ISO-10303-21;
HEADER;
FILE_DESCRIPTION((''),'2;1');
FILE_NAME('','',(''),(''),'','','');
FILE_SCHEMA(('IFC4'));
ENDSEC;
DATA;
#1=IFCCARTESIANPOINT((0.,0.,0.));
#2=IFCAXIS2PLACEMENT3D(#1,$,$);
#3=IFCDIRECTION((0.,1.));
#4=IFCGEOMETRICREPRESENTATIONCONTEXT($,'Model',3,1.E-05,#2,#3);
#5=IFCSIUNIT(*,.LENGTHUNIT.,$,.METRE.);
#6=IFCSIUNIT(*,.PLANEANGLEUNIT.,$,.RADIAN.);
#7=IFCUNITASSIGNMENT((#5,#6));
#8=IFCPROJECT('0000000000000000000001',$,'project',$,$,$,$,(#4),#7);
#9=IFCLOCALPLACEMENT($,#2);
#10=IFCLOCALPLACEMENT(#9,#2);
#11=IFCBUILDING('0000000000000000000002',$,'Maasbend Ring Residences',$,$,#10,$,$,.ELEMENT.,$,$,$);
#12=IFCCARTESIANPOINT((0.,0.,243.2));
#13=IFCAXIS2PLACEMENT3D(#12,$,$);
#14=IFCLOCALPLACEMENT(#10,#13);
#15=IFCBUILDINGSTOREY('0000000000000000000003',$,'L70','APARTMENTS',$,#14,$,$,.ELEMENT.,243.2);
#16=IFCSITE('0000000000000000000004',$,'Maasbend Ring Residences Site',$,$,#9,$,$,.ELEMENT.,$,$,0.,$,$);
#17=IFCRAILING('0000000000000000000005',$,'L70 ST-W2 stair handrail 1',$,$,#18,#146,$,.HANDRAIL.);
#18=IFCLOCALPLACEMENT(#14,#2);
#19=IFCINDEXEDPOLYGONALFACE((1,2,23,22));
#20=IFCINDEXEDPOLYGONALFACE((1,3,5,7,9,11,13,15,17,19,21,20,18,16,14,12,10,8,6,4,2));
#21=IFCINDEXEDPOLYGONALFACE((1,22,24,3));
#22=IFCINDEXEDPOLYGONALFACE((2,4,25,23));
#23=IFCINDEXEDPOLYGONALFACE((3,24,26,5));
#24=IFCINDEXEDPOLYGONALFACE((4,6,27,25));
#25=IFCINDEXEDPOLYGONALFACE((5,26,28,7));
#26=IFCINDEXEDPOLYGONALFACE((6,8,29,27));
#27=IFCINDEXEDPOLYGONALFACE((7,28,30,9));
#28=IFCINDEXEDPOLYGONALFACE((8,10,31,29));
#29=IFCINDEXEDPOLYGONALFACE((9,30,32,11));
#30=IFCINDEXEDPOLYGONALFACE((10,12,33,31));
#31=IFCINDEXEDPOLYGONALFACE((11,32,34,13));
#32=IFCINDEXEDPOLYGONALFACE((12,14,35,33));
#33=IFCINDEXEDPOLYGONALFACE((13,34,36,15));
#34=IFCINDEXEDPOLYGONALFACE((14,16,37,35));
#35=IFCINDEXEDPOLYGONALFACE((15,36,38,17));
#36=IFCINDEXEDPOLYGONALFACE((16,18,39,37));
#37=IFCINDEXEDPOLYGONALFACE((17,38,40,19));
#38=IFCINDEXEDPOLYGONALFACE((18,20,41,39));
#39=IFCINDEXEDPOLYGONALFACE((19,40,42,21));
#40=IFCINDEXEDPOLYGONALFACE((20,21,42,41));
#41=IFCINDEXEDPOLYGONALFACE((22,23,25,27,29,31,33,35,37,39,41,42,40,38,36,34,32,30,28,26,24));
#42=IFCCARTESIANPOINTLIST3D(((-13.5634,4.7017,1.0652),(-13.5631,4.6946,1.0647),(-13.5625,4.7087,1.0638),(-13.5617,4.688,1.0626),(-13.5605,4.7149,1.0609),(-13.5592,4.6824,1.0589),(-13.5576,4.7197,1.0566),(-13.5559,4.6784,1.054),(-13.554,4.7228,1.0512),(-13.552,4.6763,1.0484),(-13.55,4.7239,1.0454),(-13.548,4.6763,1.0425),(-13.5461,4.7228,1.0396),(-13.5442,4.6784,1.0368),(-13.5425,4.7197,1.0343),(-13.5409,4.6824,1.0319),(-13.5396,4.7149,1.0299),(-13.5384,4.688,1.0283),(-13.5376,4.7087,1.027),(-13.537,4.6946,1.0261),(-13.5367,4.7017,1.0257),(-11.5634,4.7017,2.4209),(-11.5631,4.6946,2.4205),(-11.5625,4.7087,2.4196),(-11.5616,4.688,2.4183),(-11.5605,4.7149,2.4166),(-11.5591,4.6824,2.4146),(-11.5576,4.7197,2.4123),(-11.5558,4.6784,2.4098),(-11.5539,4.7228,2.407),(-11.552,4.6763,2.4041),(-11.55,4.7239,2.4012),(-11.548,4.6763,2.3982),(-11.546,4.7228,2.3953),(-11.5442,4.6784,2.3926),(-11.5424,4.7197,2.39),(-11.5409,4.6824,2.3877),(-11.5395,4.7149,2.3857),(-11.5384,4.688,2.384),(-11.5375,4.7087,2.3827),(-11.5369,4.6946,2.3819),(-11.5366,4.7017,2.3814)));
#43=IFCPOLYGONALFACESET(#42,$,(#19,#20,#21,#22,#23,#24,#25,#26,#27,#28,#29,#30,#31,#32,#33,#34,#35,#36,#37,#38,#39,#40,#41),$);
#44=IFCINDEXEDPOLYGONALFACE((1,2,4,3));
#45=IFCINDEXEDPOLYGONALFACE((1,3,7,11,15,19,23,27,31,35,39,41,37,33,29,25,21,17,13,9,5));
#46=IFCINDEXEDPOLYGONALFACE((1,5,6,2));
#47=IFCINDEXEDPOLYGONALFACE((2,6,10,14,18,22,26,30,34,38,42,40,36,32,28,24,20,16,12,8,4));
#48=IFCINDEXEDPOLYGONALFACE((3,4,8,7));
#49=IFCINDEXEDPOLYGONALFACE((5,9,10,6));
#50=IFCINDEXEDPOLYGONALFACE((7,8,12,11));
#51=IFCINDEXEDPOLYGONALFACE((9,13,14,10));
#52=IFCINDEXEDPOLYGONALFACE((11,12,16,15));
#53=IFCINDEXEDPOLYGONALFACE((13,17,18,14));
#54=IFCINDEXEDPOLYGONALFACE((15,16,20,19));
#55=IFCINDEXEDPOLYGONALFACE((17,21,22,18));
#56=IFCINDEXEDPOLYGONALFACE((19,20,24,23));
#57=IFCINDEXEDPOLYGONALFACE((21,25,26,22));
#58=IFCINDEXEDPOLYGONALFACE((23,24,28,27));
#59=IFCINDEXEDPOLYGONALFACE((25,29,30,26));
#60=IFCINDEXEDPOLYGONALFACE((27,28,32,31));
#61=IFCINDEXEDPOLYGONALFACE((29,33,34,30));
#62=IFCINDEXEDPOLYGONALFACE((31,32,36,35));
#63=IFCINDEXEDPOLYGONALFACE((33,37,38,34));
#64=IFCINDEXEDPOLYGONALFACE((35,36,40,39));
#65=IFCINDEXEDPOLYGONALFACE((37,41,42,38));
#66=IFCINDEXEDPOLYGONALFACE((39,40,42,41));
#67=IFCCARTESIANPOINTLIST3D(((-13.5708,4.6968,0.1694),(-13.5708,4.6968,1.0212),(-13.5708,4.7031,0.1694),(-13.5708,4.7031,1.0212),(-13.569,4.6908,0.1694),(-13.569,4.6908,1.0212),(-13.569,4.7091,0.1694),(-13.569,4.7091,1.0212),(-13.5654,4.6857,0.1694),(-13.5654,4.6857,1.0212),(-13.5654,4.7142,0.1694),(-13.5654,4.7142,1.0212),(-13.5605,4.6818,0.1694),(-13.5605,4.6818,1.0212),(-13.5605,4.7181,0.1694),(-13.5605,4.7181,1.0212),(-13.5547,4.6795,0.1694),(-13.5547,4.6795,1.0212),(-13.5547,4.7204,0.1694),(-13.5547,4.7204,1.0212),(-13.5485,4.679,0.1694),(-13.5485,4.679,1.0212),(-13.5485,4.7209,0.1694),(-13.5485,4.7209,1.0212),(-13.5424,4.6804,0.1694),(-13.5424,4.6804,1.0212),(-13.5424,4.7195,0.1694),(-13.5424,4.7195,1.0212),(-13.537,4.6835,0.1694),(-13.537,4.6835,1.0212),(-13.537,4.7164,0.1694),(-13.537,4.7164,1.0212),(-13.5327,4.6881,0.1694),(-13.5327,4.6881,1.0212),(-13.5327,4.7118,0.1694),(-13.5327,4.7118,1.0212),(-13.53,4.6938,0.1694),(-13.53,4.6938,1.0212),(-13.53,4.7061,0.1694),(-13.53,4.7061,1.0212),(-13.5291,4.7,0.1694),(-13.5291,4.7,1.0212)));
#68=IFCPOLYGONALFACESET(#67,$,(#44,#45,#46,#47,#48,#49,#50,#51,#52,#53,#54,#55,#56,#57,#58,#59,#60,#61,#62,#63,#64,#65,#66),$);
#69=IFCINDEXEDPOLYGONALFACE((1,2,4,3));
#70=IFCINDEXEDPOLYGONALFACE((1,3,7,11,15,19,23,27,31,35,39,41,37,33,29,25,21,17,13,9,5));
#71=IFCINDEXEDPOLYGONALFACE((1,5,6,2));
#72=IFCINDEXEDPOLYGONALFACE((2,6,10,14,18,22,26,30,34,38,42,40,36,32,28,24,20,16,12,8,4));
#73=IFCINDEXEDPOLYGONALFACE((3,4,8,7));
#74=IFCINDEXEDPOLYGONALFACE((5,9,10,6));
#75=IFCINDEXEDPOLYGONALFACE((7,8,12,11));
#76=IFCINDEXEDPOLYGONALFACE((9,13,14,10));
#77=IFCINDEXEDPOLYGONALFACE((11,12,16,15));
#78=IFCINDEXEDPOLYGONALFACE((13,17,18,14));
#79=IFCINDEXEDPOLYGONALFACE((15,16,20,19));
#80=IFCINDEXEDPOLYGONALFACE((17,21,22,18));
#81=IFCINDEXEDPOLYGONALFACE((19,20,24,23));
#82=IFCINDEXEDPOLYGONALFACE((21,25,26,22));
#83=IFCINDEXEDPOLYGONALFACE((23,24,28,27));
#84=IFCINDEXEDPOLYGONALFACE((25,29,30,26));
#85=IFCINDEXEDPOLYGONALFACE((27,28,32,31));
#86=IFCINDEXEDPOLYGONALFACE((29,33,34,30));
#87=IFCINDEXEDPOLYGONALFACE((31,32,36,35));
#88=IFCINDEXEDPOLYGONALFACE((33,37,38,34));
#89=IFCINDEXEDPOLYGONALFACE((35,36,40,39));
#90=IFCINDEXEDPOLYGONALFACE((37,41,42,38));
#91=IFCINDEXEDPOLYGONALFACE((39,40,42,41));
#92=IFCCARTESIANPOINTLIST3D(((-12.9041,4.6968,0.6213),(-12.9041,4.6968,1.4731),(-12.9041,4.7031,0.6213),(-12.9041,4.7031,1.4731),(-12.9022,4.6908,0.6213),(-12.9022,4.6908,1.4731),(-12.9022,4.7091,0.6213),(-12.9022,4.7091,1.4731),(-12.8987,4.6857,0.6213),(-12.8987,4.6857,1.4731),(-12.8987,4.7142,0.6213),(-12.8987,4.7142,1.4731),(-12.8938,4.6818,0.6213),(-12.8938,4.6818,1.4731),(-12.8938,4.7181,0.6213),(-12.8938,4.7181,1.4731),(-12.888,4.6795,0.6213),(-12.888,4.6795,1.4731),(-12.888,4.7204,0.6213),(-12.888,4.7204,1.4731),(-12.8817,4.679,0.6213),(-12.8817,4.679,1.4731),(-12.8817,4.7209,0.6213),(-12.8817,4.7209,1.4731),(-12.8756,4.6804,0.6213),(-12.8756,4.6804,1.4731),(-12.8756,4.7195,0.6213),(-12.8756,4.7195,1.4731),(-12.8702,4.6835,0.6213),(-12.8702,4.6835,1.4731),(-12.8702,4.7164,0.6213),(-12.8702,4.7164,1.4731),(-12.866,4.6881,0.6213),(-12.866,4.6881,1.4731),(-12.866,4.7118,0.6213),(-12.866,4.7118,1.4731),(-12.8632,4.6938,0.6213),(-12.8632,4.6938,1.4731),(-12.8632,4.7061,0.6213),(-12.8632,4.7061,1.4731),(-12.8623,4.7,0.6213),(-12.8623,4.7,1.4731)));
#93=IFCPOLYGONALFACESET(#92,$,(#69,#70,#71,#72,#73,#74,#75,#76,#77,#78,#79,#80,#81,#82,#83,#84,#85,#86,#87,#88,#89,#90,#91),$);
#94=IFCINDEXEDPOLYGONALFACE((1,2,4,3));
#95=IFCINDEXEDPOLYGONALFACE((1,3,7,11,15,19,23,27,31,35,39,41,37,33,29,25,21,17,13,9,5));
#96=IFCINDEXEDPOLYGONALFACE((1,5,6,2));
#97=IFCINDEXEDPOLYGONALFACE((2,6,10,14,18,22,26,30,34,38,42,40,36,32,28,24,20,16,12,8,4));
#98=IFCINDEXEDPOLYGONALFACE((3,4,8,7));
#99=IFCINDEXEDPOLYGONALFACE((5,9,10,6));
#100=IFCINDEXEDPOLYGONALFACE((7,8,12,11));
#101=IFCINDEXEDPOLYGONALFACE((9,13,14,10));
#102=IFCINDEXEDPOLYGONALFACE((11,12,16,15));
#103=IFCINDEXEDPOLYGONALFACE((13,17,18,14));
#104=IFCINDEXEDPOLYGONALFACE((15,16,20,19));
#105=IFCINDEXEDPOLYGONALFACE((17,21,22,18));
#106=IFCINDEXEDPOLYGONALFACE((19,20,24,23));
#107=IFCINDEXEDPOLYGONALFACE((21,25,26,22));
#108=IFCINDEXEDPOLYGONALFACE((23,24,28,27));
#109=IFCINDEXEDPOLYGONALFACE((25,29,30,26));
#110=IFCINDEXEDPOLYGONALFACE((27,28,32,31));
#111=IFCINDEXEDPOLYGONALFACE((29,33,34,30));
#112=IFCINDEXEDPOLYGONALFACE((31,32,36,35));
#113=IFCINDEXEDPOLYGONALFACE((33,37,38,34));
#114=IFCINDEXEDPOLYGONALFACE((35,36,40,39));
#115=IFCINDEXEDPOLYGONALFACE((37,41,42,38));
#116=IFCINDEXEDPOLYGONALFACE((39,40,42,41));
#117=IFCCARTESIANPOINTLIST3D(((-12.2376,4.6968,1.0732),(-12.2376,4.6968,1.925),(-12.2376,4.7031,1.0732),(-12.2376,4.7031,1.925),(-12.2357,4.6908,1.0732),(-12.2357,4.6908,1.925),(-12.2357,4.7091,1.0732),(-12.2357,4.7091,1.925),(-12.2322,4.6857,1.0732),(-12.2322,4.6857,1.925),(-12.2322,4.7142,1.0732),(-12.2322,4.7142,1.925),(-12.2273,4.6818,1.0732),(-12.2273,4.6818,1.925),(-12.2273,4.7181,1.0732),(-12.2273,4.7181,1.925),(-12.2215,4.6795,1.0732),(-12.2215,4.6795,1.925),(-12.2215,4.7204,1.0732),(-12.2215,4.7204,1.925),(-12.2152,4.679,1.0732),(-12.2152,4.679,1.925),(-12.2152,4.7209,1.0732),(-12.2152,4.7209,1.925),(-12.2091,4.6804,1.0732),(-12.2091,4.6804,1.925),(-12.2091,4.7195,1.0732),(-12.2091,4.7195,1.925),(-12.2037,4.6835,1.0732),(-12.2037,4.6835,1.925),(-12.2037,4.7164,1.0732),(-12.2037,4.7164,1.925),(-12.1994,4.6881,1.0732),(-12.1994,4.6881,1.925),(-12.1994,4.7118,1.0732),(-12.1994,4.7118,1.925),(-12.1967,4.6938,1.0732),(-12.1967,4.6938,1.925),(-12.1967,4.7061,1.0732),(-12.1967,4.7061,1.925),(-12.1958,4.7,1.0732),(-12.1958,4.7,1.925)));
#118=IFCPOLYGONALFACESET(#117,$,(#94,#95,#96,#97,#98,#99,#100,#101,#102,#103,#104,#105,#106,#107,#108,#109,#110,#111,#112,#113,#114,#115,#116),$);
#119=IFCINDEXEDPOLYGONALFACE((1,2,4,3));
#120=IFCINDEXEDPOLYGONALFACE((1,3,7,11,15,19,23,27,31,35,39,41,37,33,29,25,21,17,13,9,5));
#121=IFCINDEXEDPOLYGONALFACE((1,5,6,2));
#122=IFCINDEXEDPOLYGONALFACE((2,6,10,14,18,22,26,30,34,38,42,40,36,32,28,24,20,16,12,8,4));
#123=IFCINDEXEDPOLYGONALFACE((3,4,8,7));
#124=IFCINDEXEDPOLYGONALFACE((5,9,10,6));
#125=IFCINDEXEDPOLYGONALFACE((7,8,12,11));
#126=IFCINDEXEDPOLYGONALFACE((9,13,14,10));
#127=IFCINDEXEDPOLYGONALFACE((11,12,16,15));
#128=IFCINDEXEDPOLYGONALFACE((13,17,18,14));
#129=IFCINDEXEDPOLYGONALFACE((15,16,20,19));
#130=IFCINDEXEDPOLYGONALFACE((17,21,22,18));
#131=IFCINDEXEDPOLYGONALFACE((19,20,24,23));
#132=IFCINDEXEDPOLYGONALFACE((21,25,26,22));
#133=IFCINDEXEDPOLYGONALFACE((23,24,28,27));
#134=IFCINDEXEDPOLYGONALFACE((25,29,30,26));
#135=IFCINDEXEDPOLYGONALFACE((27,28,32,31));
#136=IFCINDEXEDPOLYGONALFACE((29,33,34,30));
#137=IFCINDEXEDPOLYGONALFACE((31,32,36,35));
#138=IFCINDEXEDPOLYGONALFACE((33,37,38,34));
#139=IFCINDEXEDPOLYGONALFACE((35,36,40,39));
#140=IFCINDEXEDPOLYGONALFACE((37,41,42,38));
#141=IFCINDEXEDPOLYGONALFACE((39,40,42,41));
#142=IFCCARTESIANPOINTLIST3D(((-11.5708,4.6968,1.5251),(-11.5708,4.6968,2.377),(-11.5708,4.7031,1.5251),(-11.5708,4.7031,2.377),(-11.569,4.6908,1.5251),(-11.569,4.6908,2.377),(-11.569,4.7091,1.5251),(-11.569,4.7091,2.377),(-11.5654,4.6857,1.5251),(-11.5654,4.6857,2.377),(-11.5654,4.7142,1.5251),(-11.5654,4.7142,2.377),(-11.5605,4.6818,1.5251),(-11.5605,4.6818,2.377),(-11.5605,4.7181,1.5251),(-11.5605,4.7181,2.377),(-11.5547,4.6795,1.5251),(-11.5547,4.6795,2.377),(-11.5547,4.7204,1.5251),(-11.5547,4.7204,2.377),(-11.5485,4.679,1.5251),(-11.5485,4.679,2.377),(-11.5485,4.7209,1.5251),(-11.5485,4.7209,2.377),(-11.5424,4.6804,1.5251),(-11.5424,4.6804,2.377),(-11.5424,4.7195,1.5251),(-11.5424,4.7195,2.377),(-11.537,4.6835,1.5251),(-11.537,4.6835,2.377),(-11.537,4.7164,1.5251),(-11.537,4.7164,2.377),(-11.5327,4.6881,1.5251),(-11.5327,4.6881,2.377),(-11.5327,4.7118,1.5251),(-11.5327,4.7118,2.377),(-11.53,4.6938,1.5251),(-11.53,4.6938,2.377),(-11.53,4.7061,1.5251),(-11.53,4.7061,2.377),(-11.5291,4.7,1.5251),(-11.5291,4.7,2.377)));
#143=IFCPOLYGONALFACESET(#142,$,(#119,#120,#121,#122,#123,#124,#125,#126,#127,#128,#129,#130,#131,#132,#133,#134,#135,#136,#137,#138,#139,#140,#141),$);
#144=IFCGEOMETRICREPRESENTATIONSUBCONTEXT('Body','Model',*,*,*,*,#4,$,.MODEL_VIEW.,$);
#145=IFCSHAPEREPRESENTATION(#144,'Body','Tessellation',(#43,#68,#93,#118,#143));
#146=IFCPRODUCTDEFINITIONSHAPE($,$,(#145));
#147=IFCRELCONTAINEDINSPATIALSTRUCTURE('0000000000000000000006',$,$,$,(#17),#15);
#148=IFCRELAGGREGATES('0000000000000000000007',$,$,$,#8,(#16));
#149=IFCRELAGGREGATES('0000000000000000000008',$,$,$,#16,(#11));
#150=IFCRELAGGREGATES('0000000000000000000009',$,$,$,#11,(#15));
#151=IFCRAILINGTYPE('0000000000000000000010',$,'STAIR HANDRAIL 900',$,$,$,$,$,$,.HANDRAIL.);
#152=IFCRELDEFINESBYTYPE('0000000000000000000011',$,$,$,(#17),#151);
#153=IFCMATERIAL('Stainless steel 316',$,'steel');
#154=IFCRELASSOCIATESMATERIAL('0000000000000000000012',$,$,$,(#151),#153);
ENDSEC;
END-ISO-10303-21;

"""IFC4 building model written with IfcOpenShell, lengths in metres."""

from ifc_helpers import new_model, si_unit, direction, frame, origin, origin_2d, place, context, subcontext, project, spatial, circle, extrude, material, type_object, element, save


model = new_model("IFC4")

# Units and contexts
model_context = context("Model", 3, precision=1e-05, world=origin(), true_north=direction((0.0, 1.0)))
body_context = subcontext(model_context, "Body", "Model", "MODEL_VIEW")
ifc_project = project(units=[si_unit("LENGTHUNIT", "METRE"), si_unit("PLANEANGLEUNIT", "RADIAN")], contexts=[model_context])

# Site, building, storey
site_placement = place(None, origin())
site = spatial("IfcSite", under=ifc_project, at=site_placement, Name="Maasbend Ring Residences Site", CompositionType="ELEMENT", RefElevation=0.0)
building_placement = place(site_placement, origin())
building = spatial("IfcBuilding", under=site, at=building_placement, Name="Maasbend Ring Residences", CompositionType="ELEMENT")
storey_placement = place(building_placement, frame((0.0, 0.0, 243.2)))
storey = spatial("IfcBuildingStorey", under=building, at=storey_placement, Name="L70", Description="APARTMENTS", CompositionType="ELEMENT", Elevation=243.2)

# Railing
ifc_material_1 = material(Name="Stainless steel 316", Category="steel")
railing_type_1 = type_object("IfcRailingType", Name="STAIR HANDRAIL 900", PredefinedType="HANDRAIL", material=ifc_material_1)
railing_1_placement = place(storey_placement, frame((-13.55, 4.7, 0.1694)))
element("IfcRailing", 1, at=railing_1_placement, inside=storey, type_object=railing_type_1, Name="L70 ST-W2 stair handrail 1", PredefinedType="HANDRAIL", context=body_context, shape_type="SweptSolid", body=[
    extrude(circle(Radius=0.0239, at=origin_2d()), frame((0.0, 0.0, 0.876), z_axis=(0.827751, 0.0, 0.561096), x_axis=(0.0, 1.0, 0.0)), (0.0, 0.0, 1.0), 2.4163),
    extrude(circle(Radius=0.021, at=origin_2d()), origin(), (0.0, 0.0, 1.0), 0.8518),
    extrude(circle(Radius=0.021, at=origin_2d()), frame((0.6667, 0.0, 0.4519)), (0.0, 0.0, 1.0), 0.8518),
    extrude(circle(Radius=0.021, at=origin_2d()), frame((1.3333, 0.0, 0.9038)), (0.0, 0.0, 1.0), 0.8518),
    extrude(circle(Radius=0.021, at=origin_2d()), frame((2.0, 0.0, 1.3557)), (0.0, 0.0, 1.0), 0.8518),
])

save(model, "model.ifc")
